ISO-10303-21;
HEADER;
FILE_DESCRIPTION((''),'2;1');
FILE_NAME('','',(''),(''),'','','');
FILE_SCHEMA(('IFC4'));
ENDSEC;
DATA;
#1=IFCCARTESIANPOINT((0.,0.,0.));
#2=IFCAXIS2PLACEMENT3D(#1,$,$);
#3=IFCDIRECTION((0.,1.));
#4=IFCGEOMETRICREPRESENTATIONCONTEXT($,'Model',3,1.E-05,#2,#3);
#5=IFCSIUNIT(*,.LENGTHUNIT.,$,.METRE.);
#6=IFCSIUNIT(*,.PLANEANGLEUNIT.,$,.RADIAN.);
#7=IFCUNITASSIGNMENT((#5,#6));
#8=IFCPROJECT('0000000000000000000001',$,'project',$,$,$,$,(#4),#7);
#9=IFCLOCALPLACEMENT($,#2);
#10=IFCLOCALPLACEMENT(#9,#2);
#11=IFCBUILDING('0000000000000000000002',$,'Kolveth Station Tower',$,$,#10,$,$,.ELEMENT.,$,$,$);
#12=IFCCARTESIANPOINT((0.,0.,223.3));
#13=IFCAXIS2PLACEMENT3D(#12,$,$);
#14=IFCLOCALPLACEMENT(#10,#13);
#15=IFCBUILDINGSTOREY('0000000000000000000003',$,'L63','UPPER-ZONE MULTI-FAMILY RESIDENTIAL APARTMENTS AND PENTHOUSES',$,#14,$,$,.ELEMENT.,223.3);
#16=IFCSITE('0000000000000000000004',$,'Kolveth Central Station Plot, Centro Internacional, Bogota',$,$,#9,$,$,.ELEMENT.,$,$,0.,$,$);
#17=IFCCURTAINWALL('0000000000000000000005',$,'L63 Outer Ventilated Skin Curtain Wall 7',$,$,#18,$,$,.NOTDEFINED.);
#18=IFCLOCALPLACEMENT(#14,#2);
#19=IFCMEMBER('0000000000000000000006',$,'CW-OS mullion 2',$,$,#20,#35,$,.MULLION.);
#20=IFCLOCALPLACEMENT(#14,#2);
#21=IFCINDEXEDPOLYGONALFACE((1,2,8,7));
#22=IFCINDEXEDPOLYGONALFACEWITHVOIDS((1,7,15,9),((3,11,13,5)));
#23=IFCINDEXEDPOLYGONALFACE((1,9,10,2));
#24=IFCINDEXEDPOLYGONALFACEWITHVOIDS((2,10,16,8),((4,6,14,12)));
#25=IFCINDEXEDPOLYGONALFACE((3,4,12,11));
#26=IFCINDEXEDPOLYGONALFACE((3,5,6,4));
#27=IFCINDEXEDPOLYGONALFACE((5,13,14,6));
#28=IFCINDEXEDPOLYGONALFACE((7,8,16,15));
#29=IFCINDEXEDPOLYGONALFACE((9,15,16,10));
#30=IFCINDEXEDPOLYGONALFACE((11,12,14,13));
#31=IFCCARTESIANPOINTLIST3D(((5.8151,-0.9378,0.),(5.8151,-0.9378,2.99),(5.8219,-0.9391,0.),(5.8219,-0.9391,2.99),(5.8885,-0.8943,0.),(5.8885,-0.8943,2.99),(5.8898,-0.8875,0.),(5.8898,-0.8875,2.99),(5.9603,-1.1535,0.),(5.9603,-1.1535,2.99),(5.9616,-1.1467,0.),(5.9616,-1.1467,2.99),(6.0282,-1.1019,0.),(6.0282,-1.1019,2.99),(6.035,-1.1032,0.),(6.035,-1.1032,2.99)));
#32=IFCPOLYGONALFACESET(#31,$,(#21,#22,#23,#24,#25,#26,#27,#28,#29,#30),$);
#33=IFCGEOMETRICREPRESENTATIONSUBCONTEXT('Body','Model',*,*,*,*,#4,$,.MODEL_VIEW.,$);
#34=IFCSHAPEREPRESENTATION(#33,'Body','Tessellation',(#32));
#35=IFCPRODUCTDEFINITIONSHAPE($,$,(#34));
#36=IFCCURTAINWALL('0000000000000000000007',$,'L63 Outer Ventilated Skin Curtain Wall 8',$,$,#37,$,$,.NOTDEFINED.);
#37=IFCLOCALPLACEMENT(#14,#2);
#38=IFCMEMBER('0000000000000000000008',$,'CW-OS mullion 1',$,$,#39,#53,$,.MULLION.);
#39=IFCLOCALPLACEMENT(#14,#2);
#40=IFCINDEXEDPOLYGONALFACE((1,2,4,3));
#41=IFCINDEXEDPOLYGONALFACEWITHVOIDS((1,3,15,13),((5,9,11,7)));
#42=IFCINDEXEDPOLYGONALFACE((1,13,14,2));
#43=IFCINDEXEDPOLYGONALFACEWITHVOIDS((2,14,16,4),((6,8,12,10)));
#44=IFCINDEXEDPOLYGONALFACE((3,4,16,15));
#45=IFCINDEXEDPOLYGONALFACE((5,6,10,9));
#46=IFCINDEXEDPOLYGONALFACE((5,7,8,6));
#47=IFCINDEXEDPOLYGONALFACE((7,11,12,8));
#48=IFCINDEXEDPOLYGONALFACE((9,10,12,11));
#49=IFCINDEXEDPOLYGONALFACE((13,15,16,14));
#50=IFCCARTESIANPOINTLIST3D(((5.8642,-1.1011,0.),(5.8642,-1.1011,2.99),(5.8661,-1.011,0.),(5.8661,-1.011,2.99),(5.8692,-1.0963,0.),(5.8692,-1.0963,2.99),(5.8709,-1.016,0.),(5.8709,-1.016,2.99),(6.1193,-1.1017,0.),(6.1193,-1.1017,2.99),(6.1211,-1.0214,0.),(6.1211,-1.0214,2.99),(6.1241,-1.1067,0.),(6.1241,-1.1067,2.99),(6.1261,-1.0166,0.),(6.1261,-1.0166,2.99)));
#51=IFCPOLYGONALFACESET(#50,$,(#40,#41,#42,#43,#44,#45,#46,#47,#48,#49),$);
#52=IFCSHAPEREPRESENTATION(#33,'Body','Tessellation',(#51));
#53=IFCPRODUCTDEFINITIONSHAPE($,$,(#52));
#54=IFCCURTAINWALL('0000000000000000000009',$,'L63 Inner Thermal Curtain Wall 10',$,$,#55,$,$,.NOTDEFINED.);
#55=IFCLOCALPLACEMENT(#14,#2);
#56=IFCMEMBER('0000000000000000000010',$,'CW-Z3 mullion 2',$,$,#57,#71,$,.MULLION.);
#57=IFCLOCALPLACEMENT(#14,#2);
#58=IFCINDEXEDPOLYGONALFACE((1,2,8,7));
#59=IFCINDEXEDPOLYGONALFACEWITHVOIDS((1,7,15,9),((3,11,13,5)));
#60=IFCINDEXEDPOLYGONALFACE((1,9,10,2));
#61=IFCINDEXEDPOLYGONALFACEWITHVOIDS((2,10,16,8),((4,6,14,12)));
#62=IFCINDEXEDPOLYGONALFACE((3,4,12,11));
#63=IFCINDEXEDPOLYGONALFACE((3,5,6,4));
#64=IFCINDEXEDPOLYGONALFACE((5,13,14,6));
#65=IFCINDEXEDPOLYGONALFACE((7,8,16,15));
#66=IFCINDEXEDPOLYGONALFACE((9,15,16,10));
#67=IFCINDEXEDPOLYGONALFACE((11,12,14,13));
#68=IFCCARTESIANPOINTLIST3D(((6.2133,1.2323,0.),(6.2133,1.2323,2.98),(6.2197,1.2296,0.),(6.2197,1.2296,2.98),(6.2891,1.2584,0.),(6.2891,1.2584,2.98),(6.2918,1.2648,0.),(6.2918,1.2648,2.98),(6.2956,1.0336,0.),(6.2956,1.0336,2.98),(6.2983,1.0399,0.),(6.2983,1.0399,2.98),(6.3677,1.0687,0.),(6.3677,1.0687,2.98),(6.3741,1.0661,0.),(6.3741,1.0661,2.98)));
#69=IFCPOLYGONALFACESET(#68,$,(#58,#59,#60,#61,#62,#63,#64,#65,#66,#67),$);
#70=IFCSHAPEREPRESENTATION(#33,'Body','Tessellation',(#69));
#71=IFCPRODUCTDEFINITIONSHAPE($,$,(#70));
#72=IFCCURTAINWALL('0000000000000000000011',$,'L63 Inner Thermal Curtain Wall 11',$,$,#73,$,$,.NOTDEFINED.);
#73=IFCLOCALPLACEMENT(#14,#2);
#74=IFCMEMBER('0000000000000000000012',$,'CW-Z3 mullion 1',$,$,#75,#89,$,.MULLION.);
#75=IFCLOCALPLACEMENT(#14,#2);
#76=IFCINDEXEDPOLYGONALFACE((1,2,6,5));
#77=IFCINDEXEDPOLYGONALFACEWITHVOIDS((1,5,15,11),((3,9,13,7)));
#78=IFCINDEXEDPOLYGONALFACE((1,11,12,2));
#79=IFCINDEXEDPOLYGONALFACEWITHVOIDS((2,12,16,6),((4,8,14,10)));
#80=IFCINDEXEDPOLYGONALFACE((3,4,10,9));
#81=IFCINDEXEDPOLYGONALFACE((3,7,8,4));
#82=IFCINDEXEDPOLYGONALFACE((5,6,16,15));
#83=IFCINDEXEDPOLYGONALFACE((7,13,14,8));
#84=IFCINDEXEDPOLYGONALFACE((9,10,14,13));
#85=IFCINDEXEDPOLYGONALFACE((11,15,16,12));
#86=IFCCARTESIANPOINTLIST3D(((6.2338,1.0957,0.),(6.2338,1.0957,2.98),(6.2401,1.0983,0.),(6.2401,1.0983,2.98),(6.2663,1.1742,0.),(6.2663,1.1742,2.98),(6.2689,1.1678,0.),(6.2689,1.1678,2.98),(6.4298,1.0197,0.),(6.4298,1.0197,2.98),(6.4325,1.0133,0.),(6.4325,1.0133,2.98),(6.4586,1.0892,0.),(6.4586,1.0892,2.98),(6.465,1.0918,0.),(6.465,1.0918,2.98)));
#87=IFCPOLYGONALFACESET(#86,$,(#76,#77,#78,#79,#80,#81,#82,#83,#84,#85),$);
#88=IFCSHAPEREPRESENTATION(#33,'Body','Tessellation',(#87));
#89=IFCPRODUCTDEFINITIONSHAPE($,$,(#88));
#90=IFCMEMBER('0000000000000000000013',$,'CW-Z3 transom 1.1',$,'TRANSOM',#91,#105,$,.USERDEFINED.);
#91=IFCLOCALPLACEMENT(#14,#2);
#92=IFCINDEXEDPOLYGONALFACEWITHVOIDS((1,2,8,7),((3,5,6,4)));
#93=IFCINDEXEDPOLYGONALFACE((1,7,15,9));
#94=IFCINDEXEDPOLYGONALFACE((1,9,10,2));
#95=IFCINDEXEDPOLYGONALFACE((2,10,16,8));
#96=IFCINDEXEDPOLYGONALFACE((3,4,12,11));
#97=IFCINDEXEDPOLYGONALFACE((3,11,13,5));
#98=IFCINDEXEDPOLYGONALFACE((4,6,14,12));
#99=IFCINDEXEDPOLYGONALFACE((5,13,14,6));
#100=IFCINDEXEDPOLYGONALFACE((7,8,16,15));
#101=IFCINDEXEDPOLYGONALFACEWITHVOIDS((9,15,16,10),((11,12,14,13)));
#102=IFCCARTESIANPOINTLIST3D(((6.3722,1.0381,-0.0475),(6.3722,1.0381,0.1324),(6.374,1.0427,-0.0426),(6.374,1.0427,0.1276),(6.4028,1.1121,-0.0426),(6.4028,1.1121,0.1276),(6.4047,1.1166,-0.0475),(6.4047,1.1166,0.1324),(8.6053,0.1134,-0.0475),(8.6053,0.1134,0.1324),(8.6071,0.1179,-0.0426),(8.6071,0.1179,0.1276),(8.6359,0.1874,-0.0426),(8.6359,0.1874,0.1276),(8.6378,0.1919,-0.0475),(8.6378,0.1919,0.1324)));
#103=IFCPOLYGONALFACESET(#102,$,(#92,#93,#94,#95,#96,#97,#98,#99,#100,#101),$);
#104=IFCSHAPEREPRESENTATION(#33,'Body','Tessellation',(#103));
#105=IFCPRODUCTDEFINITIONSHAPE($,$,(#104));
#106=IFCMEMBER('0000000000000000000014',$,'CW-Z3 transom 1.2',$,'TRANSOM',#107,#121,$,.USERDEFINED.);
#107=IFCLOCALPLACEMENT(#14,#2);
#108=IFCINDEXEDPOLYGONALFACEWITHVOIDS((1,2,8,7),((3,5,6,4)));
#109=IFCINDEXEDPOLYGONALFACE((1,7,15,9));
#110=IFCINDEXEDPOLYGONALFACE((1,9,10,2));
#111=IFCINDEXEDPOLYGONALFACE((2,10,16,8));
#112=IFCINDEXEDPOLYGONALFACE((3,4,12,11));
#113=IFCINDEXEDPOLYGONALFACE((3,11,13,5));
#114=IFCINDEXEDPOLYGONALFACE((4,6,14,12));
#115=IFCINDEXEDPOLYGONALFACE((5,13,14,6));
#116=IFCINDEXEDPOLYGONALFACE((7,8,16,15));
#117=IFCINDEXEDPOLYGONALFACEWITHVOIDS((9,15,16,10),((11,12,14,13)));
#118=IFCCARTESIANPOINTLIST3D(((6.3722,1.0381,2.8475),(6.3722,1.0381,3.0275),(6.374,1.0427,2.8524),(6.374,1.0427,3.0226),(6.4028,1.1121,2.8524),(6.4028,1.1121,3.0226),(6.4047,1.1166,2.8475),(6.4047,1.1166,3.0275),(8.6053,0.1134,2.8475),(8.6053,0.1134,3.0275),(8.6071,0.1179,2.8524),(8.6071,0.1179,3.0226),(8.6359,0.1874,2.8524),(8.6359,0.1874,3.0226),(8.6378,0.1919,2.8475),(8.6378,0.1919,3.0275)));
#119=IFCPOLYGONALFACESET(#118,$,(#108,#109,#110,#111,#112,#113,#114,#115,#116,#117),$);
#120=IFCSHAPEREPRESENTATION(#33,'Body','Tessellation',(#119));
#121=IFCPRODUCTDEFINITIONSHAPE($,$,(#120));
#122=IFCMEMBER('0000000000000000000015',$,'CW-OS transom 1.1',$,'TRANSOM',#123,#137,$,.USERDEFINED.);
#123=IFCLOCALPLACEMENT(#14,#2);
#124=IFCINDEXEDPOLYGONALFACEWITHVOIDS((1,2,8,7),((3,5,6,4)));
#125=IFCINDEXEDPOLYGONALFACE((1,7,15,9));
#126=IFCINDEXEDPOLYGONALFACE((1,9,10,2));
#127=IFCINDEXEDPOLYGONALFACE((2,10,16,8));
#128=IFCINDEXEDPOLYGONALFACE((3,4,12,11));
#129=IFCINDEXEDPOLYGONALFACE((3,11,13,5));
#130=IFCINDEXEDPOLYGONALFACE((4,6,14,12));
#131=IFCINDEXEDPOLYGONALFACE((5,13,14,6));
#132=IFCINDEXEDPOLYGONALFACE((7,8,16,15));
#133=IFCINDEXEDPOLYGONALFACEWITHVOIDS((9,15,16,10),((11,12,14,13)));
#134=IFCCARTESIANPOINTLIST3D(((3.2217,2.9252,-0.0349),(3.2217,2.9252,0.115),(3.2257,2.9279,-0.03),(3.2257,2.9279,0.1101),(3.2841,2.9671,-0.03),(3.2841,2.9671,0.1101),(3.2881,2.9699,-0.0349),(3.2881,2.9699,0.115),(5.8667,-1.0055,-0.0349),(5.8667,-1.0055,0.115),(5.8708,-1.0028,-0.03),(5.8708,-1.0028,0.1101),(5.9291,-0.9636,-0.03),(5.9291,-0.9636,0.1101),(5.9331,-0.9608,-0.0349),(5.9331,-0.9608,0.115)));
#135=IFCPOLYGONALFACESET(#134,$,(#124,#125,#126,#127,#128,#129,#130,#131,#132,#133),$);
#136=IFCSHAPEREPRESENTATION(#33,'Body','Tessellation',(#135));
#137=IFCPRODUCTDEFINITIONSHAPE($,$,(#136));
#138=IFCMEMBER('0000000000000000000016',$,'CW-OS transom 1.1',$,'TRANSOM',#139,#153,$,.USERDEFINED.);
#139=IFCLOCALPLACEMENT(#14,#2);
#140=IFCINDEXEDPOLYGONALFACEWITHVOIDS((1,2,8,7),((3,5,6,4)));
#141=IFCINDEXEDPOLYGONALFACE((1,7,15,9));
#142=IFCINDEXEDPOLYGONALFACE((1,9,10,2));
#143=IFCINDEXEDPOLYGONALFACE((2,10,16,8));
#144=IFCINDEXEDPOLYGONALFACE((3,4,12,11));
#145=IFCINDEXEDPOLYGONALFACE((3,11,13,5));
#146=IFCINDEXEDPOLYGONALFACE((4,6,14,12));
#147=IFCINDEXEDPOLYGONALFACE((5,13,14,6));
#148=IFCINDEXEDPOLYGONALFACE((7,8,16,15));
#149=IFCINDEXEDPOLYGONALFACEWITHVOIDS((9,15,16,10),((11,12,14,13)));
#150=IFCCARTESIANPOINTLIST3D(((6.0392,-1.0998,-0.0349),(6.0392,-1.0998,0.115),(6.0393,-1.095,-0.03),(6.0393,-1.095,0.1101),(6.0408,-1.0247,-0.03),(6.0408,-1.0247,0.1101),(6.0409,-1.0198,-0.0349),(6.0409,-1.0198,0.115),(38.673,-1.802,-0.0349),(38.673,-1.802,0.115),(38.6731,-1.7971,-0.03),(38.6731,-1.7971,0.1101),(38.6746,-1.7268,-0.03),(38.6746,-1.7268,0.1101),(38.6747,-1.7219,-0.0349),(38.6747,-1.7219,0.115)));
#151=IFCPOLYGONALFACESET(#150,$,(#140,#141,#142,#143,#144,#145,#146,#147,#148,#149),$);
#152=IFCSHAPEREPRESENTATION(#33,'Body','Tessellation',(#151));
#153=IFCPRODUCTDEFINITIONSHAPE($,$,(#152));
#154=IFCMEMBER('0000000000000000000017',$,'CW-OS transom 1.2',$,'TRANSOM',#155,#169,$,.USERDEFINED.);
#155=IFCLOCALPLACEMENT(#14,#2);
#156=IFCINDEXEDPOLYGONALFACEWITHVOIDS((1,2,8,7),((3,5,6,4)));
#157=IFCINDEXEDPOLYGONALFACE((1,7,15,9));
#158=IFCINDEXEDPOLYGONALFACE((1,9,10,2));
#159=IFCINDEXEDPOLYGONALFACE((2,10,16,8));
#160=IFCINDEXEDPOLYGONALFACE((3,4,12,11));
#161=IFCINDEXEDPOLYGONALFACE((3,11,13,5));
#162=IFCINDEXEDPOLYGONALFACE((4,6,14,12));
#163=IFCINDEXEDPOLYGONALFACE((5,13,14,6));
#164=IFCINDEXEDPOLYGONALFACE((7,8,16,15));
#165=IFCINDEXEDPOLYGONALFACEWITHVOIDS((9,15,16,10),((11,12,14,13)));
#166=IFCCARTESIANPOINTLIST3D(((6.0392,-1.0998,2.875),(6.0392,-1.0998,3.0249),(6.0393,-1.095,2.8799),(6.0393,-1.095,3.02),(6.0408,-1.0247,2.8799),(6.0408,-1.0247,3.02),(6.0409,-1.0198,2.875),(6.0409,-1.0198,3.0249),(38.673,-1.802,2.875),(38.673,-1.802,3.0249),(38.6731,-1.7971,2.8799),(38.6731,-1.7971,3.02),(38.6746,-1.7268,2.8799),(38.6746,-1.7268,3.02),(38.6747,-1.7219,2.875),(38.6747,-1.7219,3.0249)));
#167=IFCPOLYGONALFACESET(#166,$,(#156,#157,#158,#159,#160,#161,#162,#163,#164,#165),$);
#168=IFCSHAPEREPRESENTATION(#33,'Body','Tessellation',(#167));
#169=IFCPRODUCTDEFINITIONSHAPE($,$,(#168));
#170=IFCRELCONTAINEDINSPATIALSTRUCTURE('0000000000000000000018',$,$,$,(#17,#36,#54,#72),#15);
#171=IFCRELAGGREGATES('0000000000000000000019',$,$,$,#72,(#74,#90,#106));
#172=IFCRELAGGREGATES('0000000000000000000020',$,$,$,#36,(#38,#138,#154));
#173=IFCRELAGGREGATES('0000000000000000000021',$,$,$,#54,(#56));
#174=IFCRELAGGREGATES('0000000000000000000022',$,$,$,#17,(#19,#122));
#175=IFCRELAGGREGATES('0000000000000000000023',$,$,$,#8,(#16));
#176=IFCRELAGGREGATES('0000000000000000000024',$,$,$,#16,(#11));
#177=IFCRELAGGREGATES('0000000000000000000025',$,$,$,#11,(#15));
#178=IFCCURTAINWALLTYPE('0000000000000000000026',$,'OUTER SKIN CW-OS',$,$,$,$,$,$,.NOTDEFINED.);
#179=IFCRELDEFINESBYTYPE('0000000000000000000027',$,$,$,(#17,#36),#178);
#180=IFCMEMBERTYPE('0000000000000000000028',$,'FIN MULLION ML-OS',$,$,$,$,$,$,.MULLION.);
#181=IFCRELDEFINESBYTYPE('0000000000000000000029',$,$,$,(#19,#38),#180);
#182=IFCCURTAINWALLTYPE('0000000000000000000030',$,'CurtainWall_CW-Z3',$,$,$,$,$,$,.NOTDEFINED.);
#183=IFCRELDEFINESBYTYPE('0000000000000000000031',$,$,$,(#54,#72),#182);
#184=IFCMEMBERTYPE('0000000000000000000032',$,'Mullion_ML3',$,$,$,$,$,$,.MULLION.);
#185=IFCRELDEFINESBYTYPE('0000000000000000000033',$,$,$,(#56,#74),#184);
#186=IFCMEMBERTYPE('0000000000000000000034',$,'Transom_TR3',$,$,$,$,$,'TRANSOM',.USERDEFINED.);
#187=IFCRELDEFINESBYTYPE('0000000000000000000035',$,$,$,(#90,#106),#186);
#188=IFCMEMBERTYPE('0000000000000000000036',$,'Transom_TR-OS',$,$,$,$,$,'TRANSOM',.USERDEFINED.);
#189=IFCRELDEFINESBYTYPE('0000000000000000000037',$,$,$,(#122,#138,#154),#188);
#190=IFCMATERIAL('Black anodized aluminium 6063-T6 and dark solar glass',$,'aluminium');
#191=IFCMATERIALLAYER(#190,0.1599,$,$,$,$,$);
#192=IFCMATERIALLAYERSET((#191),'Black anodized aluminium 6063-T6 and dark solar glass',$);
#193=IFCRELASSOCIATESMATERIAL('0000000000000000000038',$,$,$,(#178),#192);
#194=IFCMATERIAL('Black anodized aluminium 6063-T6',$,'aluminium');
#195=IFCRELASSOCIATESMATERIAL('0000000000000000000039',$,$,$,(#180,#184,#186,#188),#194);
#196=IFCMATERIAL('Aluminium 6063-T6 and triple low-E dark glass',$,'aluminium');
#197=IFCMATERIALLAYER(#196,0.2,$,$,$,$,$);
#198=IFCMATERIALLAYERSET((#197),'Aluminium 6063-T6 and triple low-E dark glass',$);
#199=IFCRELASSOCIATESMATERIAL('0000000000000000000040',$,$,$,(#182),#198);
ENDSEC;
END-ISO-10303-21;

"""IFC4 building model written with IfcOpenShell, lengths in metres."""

from ifc_helpers import new_model, si_unit, direction, frame, origin, origin_2d, place, context, subcontext, project, spatial, hollow_rectangle, extrude, source, transform, mapped, material, layer, layer_set, material_profile, profile_set, type_object, element, aggregate, save


model = new_model("IFC4")

# Units and contexts
model_context = context("Model", 3, precision=1e-05, world=origin(), true_north=direction((0.0, 1.0)))
body_context = subcontext(model_context, "Body", "Model", "MODEL_VIEW")
ifc_project = project(units=[si_unit("LENGTHUNIT", "METRE"), si_unit("PLANEANGLEUNIT", "RADIAN")], contexts=[model_context])

# Site, building, storey
site_placement = place(None, origin())
site = spatial("IfcSite", under=ifc_project, at=site_placement, Name="Kolveth Central Station Plot, Centro Internacional, Bogota", CompositionType="ELEMENT", RefElevation=0.0)
building_placement = place(site_placement, origin())
building = spatial("IfcBuilding", under=site, at=building_placement, Name="Kolveth Station Tower", CompositionType="ELEMENT")
storey_placement = place(building_placement, frame((0.0, 0.0, 223.3)))
storey = spatial("IfcBuildingStorey", under=building, at=storey_placement, Name="L63", Description="UPPER-ZONE MULTI-FAMILY RESIDENTIAL APARTMENTS AND PENTHOUSES", CompositionType="ELEMENT", Elevation=223.3)

# Curtain walls, members
ifc_material_1 = material(Name="Black anodized aluminium 6063-T6 and dark solar glass", Category="aluminium")
ifc_layer_1 = layer(ifc_material_1, 0.1599)
ifc_layer_set_1 = layer_set([ifc_layer_1], Name="Black anodized aluminium 6063-T6 and dark solar glass")
curtain_wall_type_1 = type_object("IfcCurtainWallType", Name="OUTER SKIN CW-OS", PredefinedType="NOTDEFINED", material=ifc_layer_set_1)
curtain_wall_1_placement = place(storey_placement, origin())
curtain_wall_1 = element("IfcCurtainWall", 1, at=curtain_wall_1_placement, inside=storey, type_object=curtain_wall_type_1, Name="L63 Outer Ventilated Skin Curtain Wall 7", PredefinedType="NOTDEFINED")
ifc_material_2 = material(Name="Black anodized aluminium 6063-T6", Category="aluminium")
ifc_material_profile_1 = material_profile(ifc_material_2, hollow_rectangle(XDim=0.0901, YDim=0.26, WallThickness=0.0049, at=origin_2d()), Name="ALU-90x260x5")
ifc_profile_set_1 = profile_set([ifc_material_profile_1], Name="Black anodized aluminium 6063-T6")
member_type_1 = type_object("IfcMemberType", Name="FIN MULLION ML-OS", PredefinedType="MULLION", material=ifc_profile_set_1)
shared_shape_1 = source(origin(), body_context, "Body", "SweptSolid", [
    extrude(hollow_rectangle(XDim=0.0901, YDim=0.26, WallThickness=0.0049, at=origin_2d()), origin(), (0.0, 0.0, 1.0), 2.99),
])
member_1_placement = place(storey_placement, frame((5.925, -1.0205, 0.0), z_axis=(0.0, 0.0, 1.0), x_axis=(0.829662, 0.558266, 0.0)))
member_1 = element("IfcMember", 2, at=member_1_placement, type_object=member_type_1, Name="CW-OS mullion 2", PredefinedType="MULLION", context=body_context, shape_type="MappedRepresentation", body=[
    mapped(shared_shape_1, transform((0.0, 0.0, 0.0), x_axis=(1.0, 0.0, 0.0), y_axis=(0.0, 1.0, 0.0), z_axis=(0.0, 0.0, 1.0), scale=1.0)),
])
curtain_wall_2_placement = place(storey_placement, origin())
curtain_wall_2 = element("IfcCurtainWall", 3, at=curtain_wall_2_placement, inside=storey, type_object=curtain_wall_type_1, Name="L63 Outer Ventilated Skin Curtain Wall 8", PredefinedType="NOTDEFINED")
member_2_placement = place(storey_placement, frame((5.9951, -1.0588, 0.0), z_axis=(0.0, 0.0, 1.0), x_axis=(0.021513, 0.999769, 0.0)))
member_2 = element("IfcMember", 4, at=member_2_placement, type_object=member_type_1, Name="CW-OS mullion 1", PredefinedType="MULLION", context=body_context, shape_type="MappedRepresentation", body=[
    mapped(shared_shape_1, transform((0.0, 0.0, 0.0), x_axis=(1.0, 0.0, 0.0), y_axis=(0.0, 1.0, 0.0), z_axis=(0.0, 0.0, 1.0), scale=1.0)),
])
ifc_material_3 = material(Name="Aluminium 6063-T6 and triple low-E dark glass", Category="aluminium")
ifc_layer_2 = layer(ifc_material_3, 0.2)
ifc_layer_set_2 = layer_set([ifc_layer_2], Name="Aluminium 6063-T6 and triple low-E dark glass")
curtain_wall_type_2 = type_object("IfcCurtainWallType", Name="CurtainWall_CW-Z3", PredefinedType="NOTDEFINED", material=ifc_layer_set_2)
curtain_wall_3_placement = place(storey_placement, origin())
curtain_wall_3 = element("IfcCurtainWall", 5, at=curtain_wall_3_placement, inside=storey, type_object=curtain_wall_type_2, Name="L63 Inner Thermal Curtain Wall 10", PredefinedType="NOTDEFINED")
ifc_material_profile_2 = material_profile(ifc_material_2, hollow_rectangle(XDim=0.085, YDim=0.2151, WallThickness=0.0049, at=origin_2d()), Name="ALU-85x215x5")
ifc_profile_set_2 = profile_set([ifc_material_profile_2], Name="Black anodized aluminium 6063-T6")
member_type_2 = type_object("IfcMemberType", Name="Mullion_ML3", PredefinedType="MULLION", material=ifc_profile_set_2)
shared_shape_2 = source(origin(), body_context, "Body", "SweptSolid", [
    extrude(hollow_rectangle(XDim=0.085, YDim=0.2151, WallThickness=0.0049, at=origin_2d()), origin(), (0.0, 0.0, 1.0), 2.98),
])
member_3_placement = place(storey_placement, frame((6.2937, 1.1492, 0.0), z_axis=(0.0, 0.0, 1.0), x_axis=(0.923875, 0.382693, 0.0)))
member_3 = element("IfcMember", 6, at=member_3_placement, type_object=member_type_2, Name="CW-Z3 mullion 2", PredefinedType="MULLION", context=body_context, shape_type="MappedRepresentation", body=[
    mapped(shared_shape_2, transform((0.0, 0.0, 0.0), x_axis=(1.0, 0.0, 0.0), y_axis=(0.0, 1.0, 0.0), z_axis=(0.0, 0.0, 1.0), scale=1.0)),
])

# Curtain wall, members
curtain_wall_4_placement = place(storey_placement, origin())
curtain_wall_4 = element("IfcCurtainWall", 7, at=curtain_wall_4_placement, inside=storey, type_object=curtain_wall_type_2, Name="L63 Inner Thermal Curtain Wall 11", PredefinedType="NOTDEFINED")
member_4_placement = place(storey_placement, frame((6.3494, 1.0938, 0.0), z_axis=(0.0, 0.0, 1.0), x_axis=(0.382693, 0.923875, 0.0)))
member_4 = element("IfcMember", 8, at=member_4_placement, type_object=member_type_2, Name="CW-Z3 mullion 1", PredefinedType="MULLION", context=body_context, shape_type="MappedRepresentation", body=[
    mapped(shared_shape_2, transform((0.0, 0.0, 0.0), x_axis=(1.0, 0.0, 0.0), y_axis=(0.0, 1.0, 0.0), z_axis=(0.0, 0.0, 1.0), scale=1.0)),
])
ifc_material_profile_3 = material_profile(ifc_material_2, hollow_rectangle(XDim=0.085, YDim=0.1799, WallThickness=0.0049, at=origin_2d()), Name="ALU-85x180x5")
ifc_profile_set_3 = profile_set([ifc_material_profile_3], Name="Black anodized aluminium 6063-T6")
member_type_3 = type_object("IfcMemberType", Name="Transom_TR3", ElementType="TRANSOM", PredefinedType="USERDEFINED", material=ifc_profile_set_3)
shared_shape_3 = source(origin(), body_context, "Body", "SweptSolid", [
    extrude(hollow_rectangle(XDim=0.085, YDim=0.1799, WallThickness=0.0049, at=origin_2d()), origin(), (0.0, 0.0, 1.0), 2.417),
])
member_5_placement = place(storey_placement, frame((6.3884, 1.0774, 0.0425), z_axis=(0.923909, -0.382613, 0.0), x_axis=(0.382613, 0.923909, 0.0)))
member_5 = element("IfcMember", 9, at=member_5_placement, type_object=member_type_3, Name="CW-Z3 transom 1.1", ObjectType="TRANSOM", PredefinedType="USERDEFINED", context=body_context, shape_type="MappedRepresentation", body=[
    mapped(shared_shape_3, transform((0.0, 0.0, 0.0), x_axis=(1.0, 0.0, 0.0), y_axis=(0.0, 1.0, 0.0), z_axis=(0.0, 0.0, 1.0), scale=1.0)),
])
member_6_placement = place(storey_placement, frame((6.3884, 1.0774, 2.9375), z_axis=(0.923909, -0.382613, 0.0), x_axis=(0.382613, 0.923909, 0.0)))
member_6 = element("IfcMember", 10, at=member_6_placement, type_object=member_type_3, Name="CW-Z3 transom 1.2", ObjectType="TRANSOM", PredefinedType="USERDEFINED", context=body_context, shape_type="MappedRepresentation", body=[
    mapped(shared_shape_3, transform((0.0, 0.0, 0.0), x_axis=(1.0, 0.0, 0.0), y_axis=(0.0, 1.0, 0.0), z_axis=(0.0, 0.0, 1.0), scale=1.0)),
])
aggregate(curtain_wall_4, [member_4, member_5, member_6])

# Members
ifc_material_profile_4 = material_profile(ifc_material_2, hollow_rectangle(XDim=0.0801, YDim=0.1499, WallThickness=0.0049, at=origin_2d()), Name="ALU-80x150x5")
ifc_profile_set_4 = profile_set([ifc_material_profile_4], Name="Black anodized aluminium 6063-T6")
member_type_4 = type_object("IfcMemberType", Name="Transom_TR-OS", ElementType="TRANSOM", PredefinedType="USERDEFINED", material=ifc_profile_set_4)
shared_shape_4 = source(origin(), body_context, "Body", "SweptSolid", [
    extrude(hollow_rectangle(XDim=0.0801, YDim=0.1499, WallThickness=0.0049, at=origin_2d()), origin(), (0.0, 0.0, 1.0), 4.7378),
])
member_7_placement = place(storey_placement, frame((3.2549, 2.9475, 0.04), z_axis=(0.558286, -0.829648, 0.0), x_axis=(0.829648, 0.558286, 0.0)))
member_7 = element("IfcMember", 11, at=member_7_placement, type_object=member_type_4, Name="CW-OS transom 1.1", ObjectType="TRANSOM", PredefinedType="USERDEFINED", context=body_context, shape_type="MappedRepresentation", body=[
    mapped(shared_shape_4, transform((0.0, 0.0, 0.0), x_axis=(1.0, 0.0, 0.0), y_axis=(0.0, 1.0, 0.0), z_axis=(0.0, 0.0, 1.0), scale=1.0)),
])
shared_shape_5 = source(origin(), body_context, "Body", "SweptSolid", [
    extrude(hollow_rectangle(XDim=0.0801, YDim=0.1499, WallThickness=0.0049, at=origin_2d()), origin(), (0.0, 0.0, 1.0), 32.6414),
])
member_8_placement = place(storey_placement, frame((6.04, -1.0598, 0.04), z_axis=(0.999769, -0.021511, 0.0), x_axis=(0.021511, 0.999769, 0.0)))
member_8 = element("IfcMember", 12, at=member_8_placement, type_object=member_type_4, Name="CW-OS transom 1.1", ObjectType="TRANSOM", PredefinedType="USERDEFINED", context=body_context, shape_type="MappedRepresentation", body=[
    mapped(shared_shape_5, transform((0.0, 0.0, 0.0), x_axis=(1.0, 0.0, 0.0), y_axis=(0.0, 1.0, 0.0), z_axis=(0.0, 0.0, 1.0), scale=1.0)),
])
member_9_placement = place(storey_placement, frame((6.04, -1.0598, 2.95), z_axis=(0.999769, -0.021511, 0.0), x_axis=(0.021511, 0.999769, 0.0)))
member_9 = element("IfcMember", 13, at=member_9_placement, type_object=member_type_4, Name="CW-OS transom 1.2", ObjectType="TRANSOM", PredefinedType="USERDEFINED", context=body_context, shape_type="MappedRepresentation", body=[
    mapped(shared_shape_5, transform((0.0, 0.0, 0.0), x_axis=(1.0, 0.0, 0.0), y_axis=(0.0, 1.0, 0.0), z_axis=(0.0, 0.0, 1.0), scale=1.0)),
])
aggregate(curtain_wall_2, [member_2, member_8, member_9])

aggregate(curtain_wall_3, [member_3])
aggregate(curtain_wall_1, [member_1, member_7])

save(model, "model.ifc")
